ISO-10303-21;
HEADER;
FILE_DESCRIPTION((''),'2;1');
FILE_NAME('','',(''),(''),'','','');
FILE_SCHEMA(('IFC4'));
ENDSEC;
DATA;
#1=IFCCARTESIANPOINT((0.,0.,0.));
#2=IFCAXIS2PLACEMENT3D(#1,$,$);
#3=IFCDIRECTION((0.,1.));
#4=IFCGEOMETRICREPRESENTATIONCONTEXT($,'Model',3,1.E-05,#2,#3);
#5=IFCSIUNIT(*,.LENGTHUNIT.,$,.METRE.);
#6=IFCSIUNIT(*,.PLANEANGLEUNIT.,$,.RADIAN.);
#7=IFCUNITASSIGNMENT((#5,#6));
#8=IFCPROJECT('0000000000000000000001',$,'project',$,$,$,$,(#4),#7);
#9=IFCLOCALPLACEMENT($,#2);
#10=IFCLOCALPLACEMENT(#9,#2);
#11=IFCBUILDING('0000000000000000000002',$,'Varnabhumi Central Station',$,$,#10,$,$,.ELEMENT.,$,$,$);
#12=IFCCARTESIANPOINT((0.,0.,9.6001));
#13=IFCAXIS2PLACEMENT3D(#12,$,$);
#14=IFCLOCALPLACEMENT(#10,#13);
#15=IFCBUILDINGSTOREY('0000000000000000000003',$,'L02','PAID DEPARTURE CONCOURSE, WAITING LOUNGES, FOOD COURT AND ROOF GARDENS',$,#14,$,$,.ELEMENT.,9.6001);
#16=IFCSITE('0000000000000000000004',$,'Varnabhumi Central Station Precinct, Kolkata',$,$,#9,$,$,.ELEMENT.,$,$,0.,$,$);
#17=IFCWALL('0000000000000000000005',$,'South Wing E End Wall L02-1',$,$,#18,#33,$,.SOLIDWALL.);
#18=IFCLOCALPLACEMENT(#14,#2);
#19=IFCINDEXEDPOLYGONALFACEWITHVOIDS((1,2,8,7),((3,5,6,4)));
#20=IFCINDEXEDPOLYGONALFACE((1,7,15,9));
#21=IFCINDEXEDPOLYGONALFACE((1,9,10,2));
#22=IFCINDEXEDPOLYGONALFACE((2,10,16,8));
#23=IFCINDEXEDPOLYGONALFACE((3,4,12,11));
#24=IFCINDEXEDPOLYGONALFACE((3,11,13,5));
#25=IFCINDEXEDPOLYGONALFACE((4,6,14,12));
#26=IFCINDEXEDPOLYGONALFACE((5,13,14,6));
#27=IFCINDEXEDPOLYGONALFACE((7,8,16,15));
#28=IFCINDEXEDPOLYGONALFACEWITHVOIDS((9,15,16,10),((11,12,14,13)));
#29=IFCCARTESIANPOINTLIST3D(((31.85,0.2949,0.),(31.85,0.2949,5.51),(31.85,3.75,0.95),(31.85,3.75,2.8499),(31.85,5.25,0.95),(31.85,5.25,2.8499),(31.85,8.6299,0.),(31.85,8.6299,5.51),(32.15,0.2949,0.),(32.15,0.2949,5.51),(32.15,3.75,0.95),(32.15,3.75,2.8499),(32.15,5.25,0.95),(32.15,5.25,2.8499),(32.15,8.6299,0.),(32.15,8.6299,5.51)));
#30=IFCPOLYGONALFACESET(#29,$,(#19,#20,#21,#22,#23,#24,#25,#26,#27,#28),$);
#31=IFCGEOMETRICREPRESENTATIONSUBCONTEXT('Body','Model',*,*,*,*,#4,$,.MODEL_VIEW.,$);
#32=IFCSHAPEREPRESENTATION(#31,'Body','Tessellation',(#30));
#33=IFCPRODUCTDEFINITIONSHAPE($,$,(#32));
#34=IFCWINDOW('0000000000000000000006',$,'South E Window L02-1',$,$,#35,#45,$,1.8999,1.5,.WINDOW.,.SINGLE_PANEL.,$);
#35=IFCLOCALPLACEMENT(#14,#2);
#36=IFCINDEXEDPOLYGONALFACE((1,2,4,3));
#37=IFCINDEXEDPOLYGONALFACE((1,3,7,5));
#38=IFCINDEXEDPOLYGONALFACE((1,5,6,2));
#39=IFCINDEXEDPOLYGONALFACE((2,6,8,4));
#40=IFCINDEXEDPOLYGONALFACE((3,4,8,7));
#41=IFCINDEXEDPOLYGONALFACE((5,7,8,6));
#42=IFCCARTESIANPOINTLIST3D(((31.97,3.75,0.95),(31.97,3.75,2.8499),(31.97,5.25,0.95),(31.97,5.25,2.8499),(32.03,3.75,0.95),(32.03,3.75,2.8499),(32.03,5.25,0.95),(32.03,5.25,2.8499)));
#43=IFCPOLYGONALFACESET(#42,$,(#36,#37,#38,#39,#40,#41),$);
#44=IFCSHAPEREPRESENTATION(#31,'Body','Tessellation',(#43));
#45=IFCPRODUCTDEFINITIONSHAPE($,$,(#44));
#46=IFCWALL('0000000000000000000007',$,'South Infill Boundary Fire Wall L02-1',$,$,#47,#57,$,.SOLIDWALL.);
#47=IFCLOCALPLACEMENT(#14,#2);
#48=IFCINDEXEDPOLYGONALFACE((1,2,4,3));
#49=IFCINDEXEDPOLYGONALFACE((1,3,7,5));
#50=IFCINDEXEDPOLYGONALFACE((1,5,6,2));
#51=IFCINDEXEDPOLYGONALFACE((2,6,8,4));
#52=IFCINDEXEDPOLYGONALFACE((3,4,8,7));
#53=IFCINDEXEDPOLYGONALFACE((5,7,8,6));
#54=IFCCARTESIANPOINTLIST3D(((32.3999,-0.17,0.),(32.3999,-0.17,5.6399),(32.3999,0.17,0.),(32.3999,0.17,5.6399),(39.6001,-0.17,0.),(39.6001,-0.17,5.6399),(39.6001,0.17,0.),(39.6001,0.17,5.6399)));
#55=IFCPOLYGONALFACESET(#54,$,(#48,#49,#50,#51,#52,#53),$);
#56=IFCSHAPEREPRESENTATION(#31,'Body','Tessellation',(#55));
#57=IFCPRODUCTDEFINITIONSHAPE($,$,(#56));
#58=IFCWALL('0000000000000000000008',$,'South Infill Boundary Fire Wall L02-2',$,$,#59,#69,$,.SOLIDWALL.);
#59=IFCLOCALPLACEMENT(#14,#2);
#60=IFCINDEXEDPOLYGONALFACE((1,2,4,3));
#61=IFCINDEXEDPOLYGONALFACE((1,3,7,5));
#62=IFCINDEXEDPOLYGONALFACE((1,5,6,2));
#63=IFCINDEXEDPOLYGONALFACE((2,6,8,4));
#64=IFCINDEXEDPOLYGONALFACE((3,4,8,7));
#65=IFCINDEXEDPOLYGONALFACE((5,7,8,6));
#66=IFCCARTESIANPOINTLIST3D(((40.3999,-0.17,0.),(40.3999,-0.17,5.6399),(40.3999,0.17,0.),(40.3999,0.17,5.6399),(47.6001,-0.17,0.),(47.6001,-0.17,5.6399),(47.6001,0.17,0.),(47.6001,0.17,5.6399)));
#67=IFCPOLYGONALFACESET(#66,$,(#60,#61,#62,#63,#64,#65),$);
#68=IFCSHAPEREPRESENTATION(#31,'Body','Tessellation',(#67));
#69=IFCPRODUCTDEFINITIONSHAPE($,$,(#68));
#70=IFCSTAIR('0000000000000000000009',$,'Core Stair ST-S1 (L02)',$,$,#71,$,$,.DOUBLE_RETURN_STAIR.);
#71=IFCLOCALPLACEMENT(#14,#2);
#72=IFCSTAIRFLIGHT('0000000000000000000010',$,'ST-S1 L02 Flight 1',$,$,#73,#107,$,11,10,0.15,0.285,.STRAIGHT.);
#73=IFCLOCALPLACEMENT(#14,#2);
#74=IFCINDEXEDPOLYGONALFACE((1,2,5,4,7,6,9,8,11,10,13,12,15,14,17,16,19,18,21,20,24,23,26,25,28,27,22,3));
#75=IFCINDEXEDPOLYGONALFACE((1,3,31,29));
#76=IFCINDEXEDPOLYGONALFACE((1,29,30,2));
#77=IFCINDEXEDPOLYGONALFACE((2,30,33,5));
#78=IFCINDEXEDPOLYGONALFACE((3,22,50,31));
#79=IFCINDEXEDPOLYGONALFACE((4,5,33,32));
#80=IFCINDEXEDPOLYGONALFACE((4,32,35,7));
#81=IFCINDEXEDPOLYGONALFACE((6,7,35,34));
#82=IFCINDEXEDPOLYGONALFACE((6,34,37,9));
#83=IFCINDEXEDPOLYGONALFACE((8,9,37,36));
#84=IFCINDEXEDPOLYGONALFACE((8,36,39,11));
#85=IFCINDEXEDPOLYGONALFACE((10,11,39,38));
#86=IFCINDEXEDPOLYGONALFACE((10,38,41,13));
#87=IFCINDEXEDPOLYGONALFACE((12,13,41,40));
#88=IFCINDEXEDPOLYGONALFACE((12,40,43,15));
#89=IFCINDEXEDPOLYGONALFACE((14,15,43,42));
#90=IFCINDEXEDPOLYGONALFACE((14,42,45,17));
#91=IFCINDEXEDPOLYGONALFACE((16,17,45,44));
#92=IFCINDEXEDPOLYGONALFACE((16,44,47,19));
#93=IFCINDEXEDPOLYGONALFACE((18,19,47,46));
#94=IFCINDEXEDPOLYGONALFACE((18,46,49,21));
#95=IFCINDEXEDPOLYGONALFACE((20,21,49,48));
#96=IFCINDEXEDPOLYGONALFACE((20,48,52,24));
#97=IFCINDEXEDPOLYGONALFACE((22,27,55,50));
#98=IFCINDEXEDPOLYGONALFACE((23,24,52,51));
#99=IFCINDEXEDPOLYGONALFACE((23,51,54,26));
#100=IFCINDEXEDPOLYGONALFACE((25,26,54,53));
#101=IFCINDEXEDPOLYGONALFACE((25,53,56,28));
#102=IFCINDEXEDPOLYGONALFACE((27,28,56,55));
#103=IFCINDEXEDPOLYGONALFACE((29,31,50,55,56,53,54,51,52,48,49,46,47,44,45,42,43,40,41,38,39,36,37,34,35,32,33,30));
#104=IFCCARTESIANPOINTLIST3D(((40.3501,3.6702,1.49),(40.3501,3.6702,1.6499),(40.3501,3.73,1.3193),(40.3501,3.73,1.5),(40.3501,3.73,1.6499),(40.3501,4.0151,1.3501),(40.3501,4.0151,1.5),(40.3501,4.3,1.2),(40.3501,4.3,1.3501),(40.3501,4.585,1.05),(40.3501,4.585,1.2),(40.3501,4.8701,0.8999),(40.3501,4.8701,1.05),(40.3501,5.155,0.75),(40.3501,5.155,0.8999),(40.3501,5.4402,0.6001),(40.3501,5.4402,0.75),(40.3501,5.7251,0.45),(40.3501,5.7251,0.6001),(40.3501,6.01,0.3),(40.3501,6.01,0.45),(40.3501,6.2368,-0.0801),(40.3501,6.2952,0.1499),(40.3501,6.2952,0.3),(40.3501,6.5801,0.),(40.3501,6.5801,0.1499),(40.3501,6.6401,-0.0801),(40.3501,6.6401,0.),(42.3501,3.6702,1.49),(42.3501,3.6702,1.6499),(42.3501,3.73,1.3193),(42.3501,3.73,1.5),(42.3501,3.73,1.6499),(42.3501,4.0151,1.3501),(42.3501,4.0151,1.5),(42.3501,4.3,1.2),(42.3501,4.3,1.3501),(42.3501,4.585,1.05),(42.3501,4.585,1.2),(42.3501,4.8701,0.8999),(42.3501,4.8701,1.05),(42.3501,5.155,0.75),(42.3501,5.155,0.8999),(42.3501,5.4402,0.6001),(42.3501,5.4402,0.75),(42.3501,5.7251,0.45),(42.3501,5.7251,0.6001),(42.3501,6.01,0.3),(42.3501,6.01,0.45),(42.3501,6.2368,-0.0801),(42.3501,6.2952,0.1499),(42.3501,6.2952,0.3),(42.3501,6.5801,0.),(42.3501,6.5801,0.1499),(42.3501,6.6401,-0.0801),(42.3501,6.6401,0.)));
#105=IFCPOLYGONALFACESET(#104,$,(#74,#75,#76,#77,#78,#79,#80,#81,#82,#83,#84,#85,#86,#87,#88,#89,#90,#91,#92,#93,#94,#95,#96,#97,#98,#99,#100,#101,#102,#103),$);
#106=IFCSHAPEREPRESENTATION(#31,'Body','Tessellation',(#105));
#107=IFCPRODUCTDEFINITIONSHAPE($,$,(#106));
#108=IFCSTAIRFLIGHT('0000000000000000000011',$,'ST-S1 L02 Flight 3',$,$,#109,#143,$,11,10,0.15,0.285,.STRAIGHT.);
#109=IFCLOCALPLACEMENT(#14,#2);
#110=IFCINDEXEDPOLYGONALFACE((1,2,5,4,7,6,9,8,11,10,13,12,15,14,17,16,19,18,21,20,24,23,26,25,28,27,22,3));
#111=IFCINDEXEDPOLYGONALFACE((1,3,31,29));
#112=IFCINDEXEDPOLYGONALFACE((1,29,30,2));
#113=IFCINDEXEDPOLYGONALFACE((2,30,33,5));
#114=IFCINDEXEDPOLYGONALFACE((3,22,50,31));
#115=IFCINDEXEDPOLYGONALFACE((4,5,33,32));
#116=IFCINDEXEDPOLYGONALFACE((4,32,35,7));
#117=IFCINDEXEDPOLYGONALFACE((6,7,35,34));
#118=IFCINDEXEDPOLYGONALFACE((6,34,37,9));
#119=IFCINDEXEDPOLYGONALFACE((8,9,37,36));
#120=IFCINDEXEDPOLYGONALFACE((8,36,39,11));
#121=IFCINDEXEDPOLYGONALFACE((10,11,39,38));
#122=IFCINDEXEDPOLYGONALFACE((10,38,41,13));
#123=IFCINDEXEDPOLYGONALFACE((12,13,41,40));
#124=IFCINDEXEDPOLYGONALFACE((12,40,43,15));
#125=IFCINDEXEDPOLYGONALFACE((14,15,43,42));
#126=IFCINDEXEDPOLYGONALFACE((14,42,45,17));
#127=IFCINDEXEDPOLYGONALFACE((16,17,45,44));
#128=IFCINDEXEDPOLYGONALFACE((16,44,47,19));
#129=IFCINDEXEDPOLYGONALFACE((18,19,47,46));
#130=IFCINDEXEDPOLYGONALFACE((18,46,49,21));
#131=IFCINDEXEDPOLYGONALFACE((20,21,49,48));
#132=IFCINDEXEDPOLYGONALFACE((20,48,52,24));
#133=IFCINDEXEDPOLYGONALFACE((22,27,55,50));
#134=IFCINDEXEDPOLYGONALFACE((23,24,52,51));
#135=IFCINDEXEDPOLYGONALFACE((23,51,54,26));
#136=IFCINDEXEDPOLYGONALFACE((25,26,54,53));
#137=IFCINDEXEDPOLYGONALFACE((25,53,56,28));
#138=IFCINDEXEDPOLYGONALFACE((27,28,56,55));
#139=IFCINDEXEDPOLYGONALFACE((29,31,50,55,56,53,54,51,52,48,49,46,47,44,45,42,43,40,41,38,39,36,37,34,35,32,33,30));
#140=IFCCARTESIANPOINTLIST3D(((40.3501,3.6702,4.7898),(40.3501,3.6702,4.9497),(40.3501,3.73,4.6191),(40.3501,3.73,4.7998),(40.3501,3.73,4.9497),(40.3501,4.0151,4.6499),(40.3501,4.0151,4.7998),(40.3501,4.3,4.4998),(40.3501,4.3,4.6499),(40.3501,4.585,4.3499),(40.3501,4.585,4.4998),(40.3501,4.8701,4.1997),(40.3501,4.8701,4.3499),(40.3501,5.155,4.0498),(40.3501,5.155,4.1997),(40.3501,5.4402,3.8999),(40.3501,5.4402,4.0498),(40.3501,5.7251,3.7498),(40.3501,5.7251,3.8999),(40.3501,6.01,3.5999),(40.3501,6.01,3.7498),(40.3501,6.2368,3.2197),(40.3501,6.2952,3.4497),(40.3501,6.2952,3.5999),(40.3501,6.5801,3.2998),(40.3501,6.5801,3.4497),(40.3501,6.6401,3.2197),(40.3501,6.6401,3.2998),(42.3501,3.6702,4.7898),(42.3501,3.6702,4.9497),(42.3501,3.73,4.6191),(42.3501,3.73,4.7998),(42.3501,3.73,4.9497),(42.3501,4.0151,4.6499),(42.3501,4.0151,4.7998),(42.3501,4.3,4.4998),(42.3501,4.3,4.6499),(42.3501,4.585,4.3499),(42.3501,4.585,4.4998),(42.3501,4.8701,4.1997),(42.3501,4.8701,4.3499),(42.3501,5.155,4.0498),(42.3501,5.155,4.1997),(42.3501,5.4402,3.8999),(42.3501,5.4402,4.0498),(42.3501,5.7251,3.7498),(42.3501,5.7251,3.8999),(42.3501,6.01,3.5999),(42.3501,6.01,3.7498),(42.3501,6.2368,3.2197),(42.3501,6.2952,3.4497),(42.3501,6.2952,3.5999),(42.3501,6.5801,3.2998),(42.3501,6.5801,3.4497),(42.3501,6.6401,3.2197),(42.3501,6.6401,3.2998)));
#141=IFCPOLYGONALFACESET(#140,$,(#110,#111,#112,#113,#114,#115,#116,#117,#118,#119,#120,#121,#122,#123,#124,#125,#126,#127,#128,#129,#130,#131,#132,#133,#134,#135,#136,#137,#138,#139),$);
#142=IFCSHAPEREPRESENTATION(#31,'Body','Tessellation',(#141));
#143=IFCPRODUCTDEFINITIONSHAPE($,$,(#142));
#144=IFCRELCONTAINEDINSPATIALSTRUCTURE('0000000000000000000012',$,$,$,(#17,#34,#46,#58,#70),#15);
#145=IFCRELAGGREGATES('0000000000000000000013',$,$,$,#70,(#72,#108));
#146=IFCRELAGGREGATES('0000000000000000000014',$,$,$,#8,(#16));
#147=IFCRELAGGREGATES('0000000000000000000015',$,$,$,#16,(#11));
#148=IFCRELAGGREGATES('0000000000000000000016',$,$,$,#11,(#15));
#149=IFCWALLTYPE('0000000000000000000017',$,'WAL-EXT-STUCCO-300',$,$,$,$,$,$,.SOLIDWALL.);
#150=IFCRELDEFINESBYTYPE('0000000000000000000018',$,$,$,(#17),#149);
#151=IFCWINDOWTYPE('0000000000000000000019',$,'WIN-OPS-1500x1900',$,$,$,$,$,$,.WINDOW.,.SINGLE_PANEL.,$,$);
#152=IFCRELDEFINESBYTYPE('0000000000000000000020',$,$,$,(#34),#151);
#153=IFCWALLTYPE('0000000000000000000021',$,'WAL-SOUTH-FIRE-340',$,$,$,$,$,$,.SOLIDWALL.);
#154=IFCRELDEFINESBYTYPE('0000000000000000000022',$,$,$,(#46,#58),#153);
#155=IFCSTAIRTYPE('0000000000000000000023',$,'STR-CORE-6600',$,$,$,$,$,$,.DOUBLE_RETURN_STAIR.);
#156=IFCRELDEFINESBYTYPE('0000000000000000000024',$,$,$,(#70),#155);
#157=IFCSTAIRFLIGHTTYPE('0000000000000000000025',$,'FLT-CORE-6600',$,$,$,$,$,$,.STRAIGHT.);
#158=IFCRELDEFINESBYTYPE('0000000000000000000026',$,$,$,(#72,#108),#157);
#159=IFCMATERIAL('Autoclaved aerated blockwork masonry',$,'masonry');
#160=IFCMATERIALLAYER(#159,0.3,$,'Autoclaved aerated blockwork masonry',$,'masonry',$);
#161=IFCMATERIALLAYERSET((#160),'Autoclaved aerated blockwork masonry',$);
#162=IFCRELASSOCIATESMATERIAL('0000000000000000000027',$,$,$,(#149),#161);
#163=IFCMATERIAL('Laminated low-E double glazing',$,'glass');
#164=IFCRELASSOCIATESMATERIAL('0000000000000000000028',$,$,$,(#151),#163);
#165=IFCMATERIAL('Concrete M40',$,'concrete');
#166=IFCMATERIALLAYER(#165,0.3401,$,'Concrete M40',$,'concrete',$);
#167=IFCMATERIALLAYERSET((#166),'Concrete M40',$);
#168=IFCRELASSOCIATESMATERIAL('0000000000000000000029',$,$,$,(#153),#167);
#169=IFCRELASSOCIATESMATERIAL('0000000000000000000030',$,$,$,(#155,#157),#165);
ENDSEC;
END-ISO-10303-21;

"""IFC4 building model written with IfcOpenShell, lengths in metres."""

from ifc_helpers import new_model, si_unit, direction, frame, frame_2d, origin, place, context, subcontext, project, spatial, polyline, rectangle, outline, extrude, material, layer, layer_set, type_object, element, fill, aggregate, save


model = new_model("IFC4")

# Units and contexts
model_context = context("Model", 3, precision=1e-05, world=origin(), true_north=direction((0.0, 1.0)))
body_context = subcontext(model_context, "Body", "Model", "MODEL_VIEW")
ifc_project = project(units=[si_unit("LENGTHUNIT", "METRE"), si_unit("PLANEANGLEUNIT", "RADIAN")], contexts=[model_context])

# Site, building, storey
site_placement = place(None, origin())
site = spatial("IfcSite", under=ifc_project, at=site_placement, Name="Varnabhumi Central Station Precinct, Kolkata", CompositionType="ELEMENT", RefElevation=0.0)
building_placement = place(site_placement, origin())
building = spatial("IfcBuilding", under=site, at=building_placement, Name="Varnabhumi Central Station", CompositionType="ELEMENT")
storey_placement = place(building_placement, frame((0.0, 0.0, 9.6001)))
storey = spatial("IfcBuildingStorey", under=building, at=storey_placement, Name="L02", Description="PAID DEPARTURE CONCOURSE, WAITING LOUNGES, FOOD COURT AND ROOF GARDENS", CompositionType="ELEMENT", Elevation=9.6001)

# Shared definitions
ifc_material_1 = material(Name="Concrete M40", Category="concrete")

# Wall, opening, window
ifc_material_2 = material(Name="Autoclaved aerated blockwork masonry", Category="masonry")
ifc_layer_1 = layer(ifc_material_2, 0.3, Name="Autoclaved aerated blockwork masonry", Category="masonry")
ifc_layer_set_1 = layer_set([ifc_layer_1], Name="Autoclaved aerated blockwork masonry")
wall_type_1 = type_object("IfcWallType", Name="WAL-EXT-STUCCO-300", PredefinedType="SOLIDWALL", material=ifc_layer_set_1)
wall_1_placement = place(storey_placement, frame((32.0, 0.2949, 0.0), z_axis=(0.0, 0.0, 1.0), x_axis=(0.0, 1.0, 0.0)))
wall_1 = element("IfcWall", 1, at=wall_1_placement, inside=storey, type_object=wall_type_1, Name="South Wing E End Wall L02-1", PredefinedType="SOLIDWALL", context=body_context, shape_type="SweptSolid", body=[
    extrude(rectangle(XDim=8.335, YDim=0.3, at=frame_2d((4.1675, 0.0))), origin(), (0.0, 0.0, 1.0), 5.51),
])
opening_placement = place(wall_1_placement, frame((3.4551, 0.0, 0.95)))
opening = element("IfcOpeningElement", 2, at=opening_placement, cuts=wall_1, PredefinedType="OPENING", context=body_context, shape_type="SweptSolid", body=[
    extrude(rectangle(XDim=1.5, YDim=1.8999, at=frame_2d((0.75, 0.95))), frame((0.0, 0.1599, 0.0), z_axis=(0.0, -1.0, 0.0), x_axis=(1.0, 0.0, 0.0)), (0.0, 0.0, 1.0), 0.3201),
])
ifc_material_3 = material(Name="Laminated low-E double glazing", Category="glass")
window_type = type_object("IfcWindowType", Name="WIN-OPS-1500x1900", PartitioningType="SINGLE_PANEL", PredefinedType="WINDOW", material=ifc_material_3)
window_placement = place(opening_placement, origin())
window = element("IfcWindow", 3, at=window_placement, inside=storey, type_object=window_type, Name="South E Window L02-1", OverallHeight=1.8999, OverallWidth=1.5, PartitioningType="SINGLE_PANEL", PredefinedType="WINDOW", context=body_context, shape_type="SweptSolid", body=[
    extrude(rectangle(XDim=1.5, YDim=1.8999, at=frame_2d((0.75, 0.95))), frame((0.0, 0.03, 0.0), z_axis=(0.0, -1.0, 0.0), x_axis=(1.0, 0.0, 0.0)), (0.0, 0.0, 1.0), 0.0601),
])
fill(opening, window)

# Walls
ifc_layer_2 = layer(ifc_material_1, 0.3401, Name="Concrete M40", Category="concrete")
ifc_layer_set_2 = layer_set([ifc_layer_2], Name="Concrete M40")
wall_type_2 = type_object("IfcWallType", Name="WAL-SOUTH-FIRE-340", PredefinedType="SOLIDWALL", material=ifc_layer_set_2)
for number, where, z_axis, x_axis, name in (
    (4, (32.3999, 0.0, 0.0), (0.0, 0.0, 1.0), (1.0, 0.0, 0.0), "South Infill Boundary Fire Wall L02-1"),
    (5, (40.3999, 0.0, 0.0), (0.0, 0.0, 1.0), (1.0, 0.0, 0.0), "South Infill Boundary Fire Wall L02-2"),
):
    element("IfcWall", number, at=place(storey_placement, frame(where, z_axis=z_axis, x_axis=x_axis)), inside=storey, type_object=wall_type_2, Name=name, PredefinedType="SOLIDWALL", context=body_context, shape_type="SweptSolid", body=[
        extrude(rectangle(XDim=7.2002, YDim=0.3401, at=frame_2d((3.6001, 0.0))), origin(), (0.0, 0.0, 1.0), 5.6399),
    ])

# Stair, stair flights
stair_type = type_object("IfcStairType", Name="STR-CORE-6600", PredefinedType="DOUBLE_RETURN_STAIR", material=ifc_material_1)
stair_placement = place(storey_placement, origin())
stair = element("IfcStair", 6, at=stair_placement, inside=storey, type_object=stair_type, Name="Core Stair ST-S1 (L02)", PredefinedType="DOUBLE_RETURN_STAIR")
stair_flight_type = type_object("IfcStairFlightType", Name="FLT-CORE-6600", PredefinedType="STRAIGHT", material=ifc_material_1)
stair_flight_1_placement = place(storey_placement, frame((41.3501, 6.5801, 0.0), z_axis=(0.0, 0.0, 1.0), x_axis=(0.0, -1.0, 0.0)))
stair_flight_1 = element("IfcStairFlight", 7, at=stair_flight_1_placement, type_object=stair_flight_type, Name="ST-S1 L02 Flight 1", NumberOfRisers=11, NumberOfTreads=10, PredefinedType="STRAIGHT", RiserHeight=0.15, TreadLength=0.285, context=body_context, shape_type="SweptSolid", body=[
    extrude(outline(polyline([(-0.0601, -0.0801), (-0.0601, 0.0), (0.0, 0.0), (0.0, 0.1499), (0.2849, 0.1499), (0.2849, 0.3), (0.5701, 0.3), (0.5701, 0.45), (0.855, 0.45), (0.855, 0.6001), (1.1399, 0.6001), (1.1399, 0.75), (1.425, 0.75), (1.425, 0.8999), (1.71, 0.8999), (1.71, 1.05), (1.9951, 1.05), (1.9951, 1.2), (2.28, 1.2), (2.28, 1.3501), (2.5649, 1.3501), (2.5649, 1.5), (2.8501, 1.5), (2.8501, 1.6499), (2.9099, 1.6499), (2.9099, 1.49), (2.8501, 1.3193), (0.3433, -0.0801), (-0.0601, -0.0801)])), frame((0.0, 1.0, 0.0), z_axis=(0.0, -1.0, 0.0), x_axis=(1.0, 0.0, 0.0)), (0.0, 0.0, 1.0), 2.0),
])
stair_flight_2_placement = place(storey_placement, frame((41.3501, 6.5801, 3.2998), z_axis=(0.0, 0.0, 1.0), x_axis=(0.0, -1.0, 0.0)))
stair_flight_2 = element("IfcStairFlight", 8, at=stair_flight_2_placement, type_object=stair_flight_type, Name="ST-S1 L02 Flight 3", NumberOfRisers=11, NumberOfTreads=10, PredefinedType="STRAIGHT", RiserHeight=0.15, TreadLength=0.285, context=body_context, shape_type="SweptSolid", body=[
    extrude(outline(polyline([(-0.0601, -0.0801), (-0.0601, 0.0), (0.0, 0.0), (0.0, 0.1499), (0.2849, 0.1499), (0.2849, 0.3), (0.5701, 0.3), (0.5701, 0.45), (0.855, 0.45), (0.855, 0.6001), (1.1399, 0.6001), (1.1399, 0.75), (1.425, 0.75), (1.425, 0.8999), (1.71, 0.8999), (1.71, 1.05), (1.9951, 1.05), (1.9951, 1.2), (2.28, 1.2), (2.28, 1.3501), (2.5649, 1.3501), (2.5649, 1.5), (2.8501, 1.5), (2.8501, 1.6499), (2.9099, 1.6499), (2.9099, 1.49), (2.8501, 1.3193), (0.3433, -0.0801), (-0.0601, -0.0801)])), frame((0.0, 1.0, 0.0), z_axis=(0.0, -1.0, 0.0), x_axis=(1.0, 0.0, 0.0)), (0.0, 0.0, 1.0), 2.0),
])
aggregate(stair, [stair_flight_1, stair_flight_2])

save(model, "model.ifc")
